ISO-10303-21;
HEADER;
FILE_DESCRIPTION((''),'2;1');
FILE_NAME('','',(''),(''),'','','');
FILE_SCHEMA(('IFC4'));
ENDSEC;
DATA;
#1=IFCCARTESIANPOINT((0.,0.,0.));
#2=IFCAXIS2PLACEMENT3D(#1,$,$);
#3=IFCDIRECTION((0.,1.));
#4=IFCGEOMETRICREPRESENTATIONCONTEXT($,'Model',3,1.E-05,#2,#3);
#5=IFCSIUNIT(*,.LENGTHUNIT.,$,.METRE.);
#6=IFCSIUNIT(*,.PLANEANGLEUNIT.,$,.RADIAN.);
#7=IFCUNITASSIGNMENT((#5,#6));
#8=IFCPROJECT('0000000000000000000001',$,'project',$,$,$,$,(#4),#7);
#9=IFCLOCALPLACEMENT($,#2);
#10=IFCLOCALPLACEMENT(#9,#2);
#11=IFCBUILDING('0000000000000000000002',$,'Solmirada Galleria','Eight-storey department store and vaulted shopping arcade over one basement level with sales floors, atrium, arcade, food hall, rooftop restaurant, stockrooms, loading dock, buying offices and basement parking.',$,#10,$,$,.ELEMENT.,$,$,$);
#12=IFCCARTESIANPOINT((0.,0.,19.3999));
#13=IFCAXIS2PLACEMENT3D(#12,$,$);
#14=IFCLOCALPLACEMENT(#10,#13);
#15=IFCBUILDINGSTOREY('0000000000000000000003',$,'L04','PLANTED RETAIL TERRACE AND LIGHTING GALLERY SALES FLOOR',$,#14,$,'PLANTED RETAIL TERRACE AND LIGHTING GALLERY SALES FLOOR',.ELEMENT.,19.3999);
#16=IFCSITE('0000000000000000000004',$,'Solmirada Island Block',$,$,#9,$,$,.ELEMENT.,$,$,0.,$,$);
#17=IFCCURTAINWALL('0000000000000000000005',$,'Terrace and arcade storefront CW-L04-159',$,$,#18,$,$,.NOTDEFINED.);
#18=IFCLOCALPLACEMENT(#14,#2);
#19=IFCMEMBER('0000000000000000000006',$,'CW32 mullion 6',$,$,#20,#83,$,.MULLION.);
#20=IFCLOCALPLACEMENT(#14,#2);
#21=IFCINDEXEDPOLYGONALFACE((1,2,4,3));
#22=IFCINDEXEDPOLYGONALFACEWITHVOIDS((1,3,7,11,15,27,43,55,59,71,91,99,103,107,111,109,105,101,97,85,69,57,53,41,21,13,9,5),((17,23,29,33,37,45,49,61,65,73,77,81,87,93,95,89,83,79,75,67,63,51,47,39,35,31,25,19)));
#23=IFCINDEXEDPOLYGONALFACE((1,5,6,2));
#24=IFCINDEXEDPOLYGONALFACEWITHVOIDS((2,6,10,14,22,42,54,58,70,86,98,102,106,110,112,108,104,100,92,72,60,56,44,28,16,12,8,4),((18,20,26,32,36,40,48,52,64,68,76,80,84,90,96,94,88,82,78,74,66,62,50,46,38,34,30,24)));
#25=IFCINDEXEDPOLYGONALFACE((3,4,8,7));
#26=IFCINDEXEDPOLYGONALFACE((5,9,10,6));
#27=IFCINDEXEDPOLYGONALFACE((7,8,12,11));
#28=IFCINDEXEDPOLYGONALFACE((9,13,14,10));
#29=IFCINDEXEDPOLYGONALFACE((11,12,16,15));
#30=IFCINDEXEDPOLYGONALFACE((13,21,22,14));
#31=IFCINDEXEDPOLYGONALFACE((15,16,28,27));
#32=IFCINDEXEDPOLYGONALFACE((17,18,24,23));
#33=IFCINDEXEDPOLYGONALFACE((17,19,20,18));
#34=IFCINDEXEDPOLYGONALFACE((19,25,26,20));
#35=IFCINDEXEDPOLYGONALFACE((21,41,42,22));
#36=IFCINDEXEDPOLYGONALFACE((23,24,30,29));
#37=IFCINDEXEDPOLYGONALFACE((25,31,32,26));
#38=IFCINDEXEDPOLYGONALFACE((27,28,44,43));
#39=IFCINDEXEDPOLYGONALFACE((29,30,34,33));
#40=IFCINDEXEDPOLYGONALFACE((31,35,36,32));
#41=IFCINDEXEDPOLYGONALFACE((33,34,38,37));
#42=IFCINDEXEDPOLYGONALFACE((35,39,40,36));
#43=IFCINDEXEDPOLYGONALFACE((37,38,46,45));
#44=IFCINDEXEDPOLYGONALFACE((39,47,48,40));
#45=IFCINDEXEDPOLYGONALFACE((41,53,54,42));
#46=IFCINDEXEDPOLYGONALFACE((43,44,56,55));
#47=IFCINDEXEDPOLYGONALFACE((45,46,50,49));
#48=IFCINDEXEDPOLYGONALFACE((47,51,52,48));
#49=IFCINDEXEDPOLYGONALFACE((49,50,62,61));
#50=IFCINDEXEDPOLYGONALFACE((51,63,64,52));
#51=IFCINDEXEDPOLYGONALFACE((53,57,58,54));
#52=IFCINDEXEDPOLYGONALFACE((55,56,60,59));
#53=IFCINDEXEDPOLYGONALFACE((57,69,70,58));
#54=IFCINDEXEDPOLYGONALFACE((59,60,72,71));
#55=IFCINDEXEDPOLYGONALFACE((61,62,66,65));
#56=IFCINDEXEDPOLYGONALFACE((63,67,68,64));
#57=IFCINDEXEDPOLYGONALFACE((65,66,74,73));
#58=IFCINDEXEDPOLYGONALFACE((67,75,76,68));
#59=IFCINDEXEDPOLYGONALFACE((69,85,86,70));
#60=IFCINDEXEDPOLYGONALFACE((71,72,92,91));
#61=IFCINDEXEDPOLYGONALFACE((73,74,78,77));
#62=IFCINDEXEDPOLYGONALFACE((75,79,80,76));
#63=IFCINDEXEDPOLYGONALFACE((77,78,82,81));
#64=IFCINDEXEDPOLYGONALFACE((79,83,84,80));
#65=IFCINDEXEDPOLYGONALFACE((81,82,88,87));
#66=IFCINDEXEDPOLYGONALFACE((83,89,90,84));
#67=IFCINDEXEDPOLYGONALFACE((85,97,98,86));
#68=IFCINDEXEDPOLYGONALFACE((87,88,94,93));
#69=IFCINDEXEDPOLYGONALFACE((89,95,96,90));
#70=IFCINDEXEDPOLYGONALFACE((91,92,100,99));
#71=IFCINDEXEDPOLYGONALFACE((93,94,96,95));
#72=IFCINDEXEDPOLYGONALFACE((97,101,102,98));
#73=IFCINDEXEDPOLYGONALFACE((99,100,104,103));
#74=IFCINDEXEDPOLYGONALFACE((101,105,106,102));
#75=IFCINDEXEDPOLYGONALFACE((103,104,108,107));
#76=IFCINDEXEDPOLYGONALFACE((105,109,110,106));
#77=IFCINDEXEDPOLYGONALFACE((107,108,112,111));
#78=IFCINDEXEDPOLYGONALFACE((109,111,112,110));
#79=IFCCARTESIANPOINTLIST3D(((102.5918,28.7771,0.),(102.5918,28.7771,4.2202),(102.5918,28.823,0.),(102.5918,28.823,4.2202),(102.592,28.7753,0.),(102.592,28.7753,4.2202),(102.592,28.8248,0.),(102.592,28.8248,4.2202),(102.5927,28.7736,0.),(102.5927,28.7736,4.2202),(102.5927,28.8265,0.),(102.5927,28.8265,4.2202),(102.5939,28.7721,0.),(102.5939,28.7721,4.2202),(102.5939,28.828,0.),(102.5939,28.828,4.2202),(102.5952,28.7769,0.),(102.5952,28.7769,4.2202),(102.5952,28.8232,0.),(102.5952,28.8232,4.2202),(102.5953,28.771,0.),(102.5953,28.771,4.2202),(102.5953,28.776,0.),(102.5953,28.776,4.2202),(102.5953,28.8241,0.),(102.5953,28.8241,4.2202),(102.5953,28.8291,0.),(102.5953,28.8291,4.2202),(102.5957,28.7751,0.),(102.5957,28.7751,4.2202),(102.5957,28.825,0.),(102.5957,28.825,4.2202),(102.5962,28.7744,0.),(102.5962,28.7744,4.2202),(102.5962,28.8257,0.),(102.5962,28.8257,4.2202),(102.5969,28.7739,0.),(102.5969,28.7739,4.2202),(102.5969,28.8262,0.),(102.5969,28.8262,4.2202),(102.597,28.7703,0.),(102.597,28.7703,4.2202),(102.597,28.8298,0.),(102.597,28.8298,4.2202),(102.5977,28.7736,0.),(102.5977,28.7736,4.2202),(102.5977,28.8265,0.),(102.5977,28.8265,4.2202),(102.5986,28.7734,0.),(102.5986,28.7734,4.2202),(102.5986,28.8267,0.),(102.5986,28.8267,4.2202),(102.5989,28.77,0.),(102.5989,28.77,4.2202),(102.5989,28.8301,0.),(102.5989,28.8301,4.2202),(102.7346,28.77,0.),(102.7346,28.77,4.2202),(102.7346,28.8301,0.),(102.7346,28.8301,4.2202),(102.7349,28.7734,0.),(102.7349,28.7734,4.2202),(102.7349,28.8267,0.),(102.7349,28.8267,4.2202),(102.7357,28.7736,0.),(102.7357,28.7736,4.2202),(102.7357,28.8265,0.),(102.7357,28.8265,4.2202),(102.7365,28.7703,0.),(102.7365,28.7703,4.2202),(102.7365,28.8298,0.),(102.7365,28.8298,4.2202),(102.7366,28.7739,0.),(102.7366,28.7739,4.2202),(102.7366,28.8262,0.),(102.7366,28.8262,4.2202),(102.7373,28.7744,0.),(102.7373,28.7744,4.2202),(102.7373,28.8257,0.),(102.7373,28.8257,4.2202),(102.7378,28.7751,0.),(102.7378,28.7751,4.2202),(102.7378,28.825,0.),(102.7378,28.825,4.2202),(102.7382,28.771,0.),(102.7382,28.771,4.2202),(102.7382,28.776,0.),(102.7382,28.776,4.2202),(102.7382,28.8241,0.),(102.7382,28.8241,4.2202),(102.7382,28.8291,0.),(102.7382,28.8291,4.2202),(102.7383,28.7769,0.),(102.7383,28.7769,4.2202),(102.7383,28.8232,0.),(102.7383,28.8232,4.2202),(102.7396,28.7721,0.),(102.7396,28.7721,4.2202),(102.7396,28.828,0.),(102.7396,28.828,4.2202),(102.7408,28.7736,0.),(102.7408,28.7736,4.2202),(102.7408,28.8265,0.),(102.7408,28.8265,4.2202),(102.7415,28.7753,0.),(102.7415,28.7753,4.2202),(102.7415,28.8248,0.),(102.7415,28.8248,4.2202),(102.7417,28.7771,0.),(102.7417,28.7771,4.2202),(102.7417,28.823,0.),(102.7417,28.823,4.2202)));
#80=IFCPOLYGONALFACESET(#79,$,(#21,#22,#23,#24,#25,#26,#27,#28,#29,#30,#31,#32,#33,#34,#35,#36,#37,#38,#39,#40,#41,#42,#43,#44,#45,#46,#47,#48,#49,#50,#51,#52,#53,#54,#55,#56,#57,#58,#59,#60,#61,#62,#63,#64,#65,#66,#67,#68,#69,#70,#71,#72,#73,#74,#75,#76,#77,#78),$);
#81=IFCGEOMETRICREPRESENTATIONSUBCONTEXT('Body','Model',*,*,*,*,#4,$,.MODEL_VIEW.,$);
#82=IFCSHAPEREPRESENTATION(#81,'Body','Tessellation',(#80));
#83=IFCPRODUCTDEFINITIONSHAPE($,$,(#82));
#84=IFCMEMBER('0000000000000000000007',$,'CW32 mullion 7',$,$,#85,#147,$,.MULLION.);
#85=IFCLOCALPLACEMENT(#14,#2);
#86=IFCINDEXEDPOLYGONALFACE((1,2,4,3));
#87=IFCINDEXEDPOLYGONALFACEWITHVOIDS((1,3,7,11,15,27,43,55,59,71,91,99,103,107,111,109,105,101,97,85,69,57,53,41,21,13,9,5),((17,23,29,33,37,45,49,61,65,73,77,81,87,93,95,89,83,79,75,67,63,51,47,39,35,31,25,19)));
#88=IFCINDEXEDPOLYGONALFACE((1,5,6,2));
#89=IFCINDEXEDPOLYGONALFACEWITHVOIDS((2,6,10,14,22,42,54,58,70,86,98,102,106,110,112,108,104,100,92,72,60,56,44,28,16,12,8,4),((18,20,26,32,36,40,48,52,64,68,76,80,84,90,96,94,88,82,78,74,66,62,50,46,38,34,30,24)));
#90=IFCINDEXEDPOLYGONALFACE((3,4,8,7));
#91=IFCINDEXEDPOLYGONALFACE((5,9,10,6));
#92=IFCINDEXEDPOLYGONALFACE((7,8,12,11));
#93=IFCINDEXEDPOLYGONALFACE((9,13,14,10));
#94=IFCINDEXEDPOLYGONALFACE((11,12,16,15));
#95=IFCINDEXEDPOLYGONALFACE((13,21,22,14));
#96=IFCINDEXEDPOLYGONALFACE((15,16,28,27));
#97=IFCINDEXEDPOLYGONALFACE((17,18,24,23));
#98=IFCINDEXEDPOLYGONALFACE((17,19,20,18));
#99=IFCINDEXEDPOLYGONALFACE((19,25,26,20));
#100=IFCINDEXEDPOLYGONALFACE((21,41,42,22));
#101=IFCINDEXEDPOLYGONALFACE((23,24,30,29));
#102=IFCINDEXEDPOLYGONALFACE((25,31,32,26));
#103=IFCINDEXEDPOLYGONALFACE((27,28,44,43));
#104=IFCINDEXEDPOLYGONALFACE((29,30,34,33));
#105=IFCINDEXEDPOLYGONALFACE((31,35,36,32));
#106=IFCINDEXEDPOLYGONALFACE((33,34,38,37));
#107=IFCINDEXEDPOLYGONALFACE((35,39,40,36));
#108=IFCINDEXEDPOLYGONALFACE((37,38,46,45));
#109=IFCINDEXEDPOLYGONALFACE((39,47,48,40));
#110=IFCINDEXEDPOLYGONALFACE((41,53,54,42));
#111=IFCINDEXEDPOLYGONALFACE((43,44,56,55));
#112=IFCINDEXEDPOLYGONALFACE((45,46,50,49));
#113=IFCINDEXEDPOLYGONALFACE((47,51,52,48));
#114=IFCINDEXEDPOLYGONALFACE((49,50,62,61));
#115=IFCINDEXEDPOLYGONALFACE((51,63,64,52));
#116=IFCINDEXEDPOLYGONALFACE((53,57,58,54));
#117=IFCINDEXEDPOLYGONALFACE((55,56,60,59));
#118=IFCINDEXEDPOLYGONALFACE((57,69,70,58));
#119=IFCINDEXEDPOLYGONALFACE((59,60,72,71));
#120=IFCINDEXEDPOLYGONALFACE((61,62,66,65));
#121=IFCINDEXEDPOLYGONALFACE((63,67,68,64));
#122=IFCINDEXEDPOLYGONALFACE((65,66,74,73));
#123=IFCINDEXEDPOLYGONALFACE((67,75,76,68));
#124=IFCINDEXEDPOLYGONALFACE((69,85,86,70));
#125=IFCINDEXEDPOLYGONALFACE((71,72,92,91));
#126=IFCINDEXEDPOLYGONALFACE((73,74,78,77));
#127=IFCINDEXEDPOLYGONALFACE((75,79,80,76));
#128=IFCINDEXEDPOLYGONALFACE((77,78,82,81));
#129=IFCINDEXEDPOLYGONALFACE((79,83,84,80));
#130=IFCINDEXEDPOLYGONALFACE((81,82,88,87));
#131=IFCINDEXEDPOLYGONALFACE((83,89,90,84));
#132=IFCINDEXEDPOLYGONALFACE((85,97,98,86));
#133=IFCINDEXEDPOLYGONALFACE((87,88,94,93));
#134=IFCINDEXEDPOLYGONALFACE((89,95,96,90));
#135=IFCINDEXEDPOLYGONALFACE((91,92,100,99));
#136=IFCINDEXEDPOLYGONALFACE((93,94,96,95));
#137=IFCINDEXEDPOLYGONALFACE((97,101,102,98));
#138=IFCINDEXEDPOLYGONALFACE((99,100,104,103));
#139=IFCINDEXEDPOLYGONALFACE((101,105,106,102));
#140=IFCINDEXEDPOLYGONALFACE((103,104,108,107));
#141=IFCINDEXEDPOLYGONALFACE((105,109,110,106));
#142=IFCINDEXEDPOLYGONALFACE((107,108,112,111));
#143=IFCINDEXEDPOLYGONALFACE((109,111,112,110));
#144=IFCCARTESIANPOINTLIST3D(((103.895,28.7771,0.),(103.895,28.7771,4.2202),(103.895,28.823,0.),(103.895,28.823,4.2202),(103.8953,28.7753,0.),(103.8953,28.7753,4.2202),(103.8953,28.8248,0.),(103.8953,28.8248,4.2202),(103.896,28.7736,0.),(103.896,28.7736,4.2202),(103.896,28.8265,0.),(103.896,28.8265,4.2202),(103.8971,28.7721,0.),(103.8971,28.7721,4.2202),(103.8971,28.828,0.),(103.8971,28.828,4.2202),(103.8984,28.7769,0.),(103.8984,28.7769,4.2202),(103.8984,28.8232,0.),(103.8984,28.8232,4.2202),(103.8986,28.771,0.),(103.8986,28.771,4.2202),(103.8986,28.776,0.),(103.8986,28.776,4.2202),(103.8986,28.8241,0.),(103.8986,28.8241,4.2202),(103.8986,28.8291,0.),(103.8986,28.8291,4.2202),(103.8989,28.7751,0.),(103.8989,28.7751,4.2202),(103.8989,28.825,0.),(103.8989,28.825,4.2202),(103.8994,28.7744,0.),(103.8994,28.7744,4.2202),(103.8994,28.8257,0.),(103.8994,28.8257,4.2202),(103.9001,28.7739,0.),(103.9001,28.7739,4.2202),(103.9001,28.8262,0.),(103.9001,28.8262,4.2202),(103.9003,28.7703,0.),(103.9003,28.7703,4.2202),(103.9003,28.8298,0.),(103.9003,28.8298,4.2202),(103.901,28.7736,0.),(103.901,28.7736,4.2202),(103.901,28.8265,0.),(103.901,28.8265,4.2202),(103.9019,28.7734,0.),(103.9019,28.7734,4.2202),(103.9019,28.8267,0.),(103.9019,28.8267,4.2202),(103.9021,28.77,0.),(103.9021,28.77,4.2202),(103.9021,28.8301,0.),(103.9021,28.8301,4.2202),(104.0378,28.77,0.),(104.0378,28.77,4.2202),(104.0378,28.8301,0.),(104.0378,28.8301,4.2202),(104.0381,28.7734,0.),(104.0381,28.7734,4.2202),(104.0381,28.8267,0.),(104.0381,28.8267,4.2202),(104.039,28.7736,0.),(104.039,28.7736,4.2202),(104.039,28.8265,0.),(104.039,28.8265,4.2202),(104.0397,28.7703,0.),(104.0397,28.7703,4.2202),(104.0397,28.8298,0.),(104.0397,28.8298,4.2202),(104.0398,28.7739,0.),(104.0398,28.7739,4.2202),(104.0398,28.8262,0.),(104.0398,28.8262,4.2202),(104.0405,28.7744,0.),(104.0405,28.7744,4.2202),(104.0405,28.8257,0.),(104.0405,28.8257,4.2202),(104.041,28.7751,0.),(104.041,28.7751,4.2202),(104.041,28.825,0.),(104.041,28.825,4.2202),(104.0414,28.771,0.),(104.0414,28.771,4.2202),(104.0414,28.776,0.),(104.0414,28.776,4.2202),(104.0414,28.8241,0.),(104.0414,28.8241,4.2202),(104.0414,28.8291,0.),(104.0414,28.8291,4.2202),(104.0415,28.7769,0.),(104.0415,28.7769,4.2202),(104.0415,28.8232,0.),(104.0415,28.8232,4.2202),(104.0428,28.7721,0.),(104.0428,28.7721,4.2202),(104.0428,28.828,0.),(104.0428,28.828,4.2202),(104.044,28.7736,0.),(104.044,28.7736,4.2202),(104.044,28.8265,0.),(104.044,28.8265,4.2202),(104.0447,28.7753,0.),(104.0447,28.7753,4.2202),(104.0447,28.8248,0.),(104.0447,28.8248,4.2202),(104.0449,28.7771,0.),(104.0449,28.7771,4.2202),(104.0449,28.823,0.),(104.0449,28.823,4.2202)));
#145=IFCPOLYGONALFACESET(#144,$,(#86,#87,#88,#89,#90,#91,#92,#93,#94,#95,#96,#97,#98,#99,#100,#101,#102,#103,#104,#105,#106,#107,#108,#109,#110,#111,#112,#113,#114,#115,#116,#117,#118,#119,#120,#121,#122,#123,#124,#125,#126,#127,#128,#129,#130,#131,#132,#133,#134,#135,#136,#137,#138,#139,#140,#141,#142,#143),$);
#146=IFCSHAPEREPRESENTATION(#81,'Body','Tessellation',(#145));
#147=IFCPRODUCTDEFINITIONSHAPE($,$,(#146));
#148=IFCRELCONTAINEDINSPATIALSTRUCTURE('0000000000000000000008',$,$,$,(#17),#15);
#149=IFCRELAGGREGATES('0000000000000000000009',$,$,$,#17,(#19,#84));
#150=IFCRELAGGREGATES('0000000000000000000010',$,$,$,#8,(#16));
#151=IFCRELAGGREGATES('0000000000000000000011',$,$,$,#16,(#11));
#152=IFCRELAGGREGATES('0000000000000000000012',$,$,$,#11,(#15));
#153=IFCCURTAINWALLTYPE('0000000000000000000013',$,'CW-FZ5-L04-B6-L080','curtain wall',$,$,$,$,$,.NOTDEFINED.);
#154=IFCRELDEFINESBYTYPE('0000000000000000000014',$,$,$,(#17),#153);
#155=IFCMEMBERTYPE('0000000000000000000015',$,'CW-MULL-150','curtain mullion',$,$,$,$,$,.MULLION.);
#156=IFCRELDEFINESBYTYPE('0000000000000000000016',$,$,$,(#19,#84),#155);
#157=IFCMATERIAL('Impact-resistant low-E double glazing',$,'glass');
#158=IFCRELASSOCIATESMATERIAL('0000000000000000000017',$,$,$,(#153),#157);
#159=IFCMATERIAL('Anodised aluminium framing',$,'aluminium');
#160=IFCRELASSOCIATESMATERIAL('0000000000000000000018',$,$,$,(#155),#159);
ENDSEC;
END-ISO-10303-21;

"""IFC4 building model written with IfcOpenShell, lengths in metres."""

from ifc_helpers import new_model, si_unit, direction, frame, origin, origin_2d, place, context, subcontext, project, spatial, hollow_rectangle, extrude, material, material_profile, profile_set, type_object, element, aggregate, save


model = new_model("IFC4")

# Units and contexts
model_context = context("Model", 3, precision=1e-05, world=origin(), true_north=direction((0.0, 1.0)))
body_context = subcontext(model_context, "Body", "Model", "MODEL_VIEW")
ifc_project = project(units=[si_unit("LENGTHUNIT", "METRE"), si_unit("PLANEANGLEUNIT", "RADIAN")], contexts=[model_context])

# Site, building, storey
site_placement = place(None, origin())
site = spatial("IfcSite", under=ifc_project, at=site_placement, Name="Solmirada Island Block", CompositionType="ELEMENT", RefElevation=0.0)
building_placement = place(site_placement, origin())
building = spatial("IfcBuilding", under=site, at=building_placement, Name="Solmirada Galleria", Description="Eight-storey department store and vaulted shopping arcade over one basement level with sales floors, atrium, arcade, food hall, rooftop restaurant, stockrooms, loading dock, buying offices and basement parking.", CompositionType="ELEMENT")
storey_placement = place(building_placement, frame((0.0, 0.0, 19.3999)))
storey = spatial("IfcBuildingStorey", under=building, at=storey_placement, Name="L04", Description="PLANTED RETAIL TERRACE AND LIGHTING GALLERY SALES FLOOR", LongName="PLANTED RETAIL TERRACE AND LIGHTING GALLERY SALES FLOOR", CompositionType="ELEMENT", Elevation=19.3999)

# Curtain wall, members
ifc_material_1 = material(Name="Impact-resistant low-E double glazing", Category="glass")
curtain_wall_type = type_object("IfcCurtainWallType", Name="CW-FZ5-L04-B6-L080", Description="curtain wall", PredefinedType="NOTDEFINED", material=ifc_material_1)
curtain_wall_1_placement = place(storey_placement, origin())
curtain_wall_1 = element("IfcCurtainWall", 1, at=curtain_wall_1_placement, inside=storey, type_object=curtain_wall_type, Name="Terrace and arcade storefront CW-L04-159", PredefinedType="NOTDEFINED")
ifc_material_2 = material(Name="Anodised aluminium framing", Category="aluminium")
ifc_material_profile_1 = material_profile(ifc_material_2, hollow_rectangle(XDim=0.0601, YDim=0.1499, WallThickness=0.0034, InnerFilletRadius=0.0034, OuterFilletRadius=0.0071, at=origin_2d()), Name="ALU-MULL-150X60")
ifc_profile_set_1 = profile_set([ifc_material_profile_1], Name="Anodised aluminium framing")
member_type_1 = type_object("IfcMemberType", Name="CW-MULL-150", Description="curtain mullion", PredefinedType="MULLION", material=ifc_profile_set_1)
member_1_placement = place(storey_placement, frame((102.6667, 28.8, 0.0), z_axis=(0.0, 0.0, 1.0), x_axis=(0.0, 1.0, 0.0)))
member_1 = element("IfcMember", 2, at=member_1_placement, type_object=member_type_1, Name="CW32 mullion 6", PredefinedType="MULLION", context=body_context, shape_type="SweptSolid", body=[
    extrude(hollow_rectangle(XDim=0.0601, YDim=0.1499, WallThickness=0.0034, InnerFilletRadius=0.0034, OuterFilletRadius=0.0071, at=origin_2d()), origin(), (0.0, 0.0, 1.0), 4.2202),
])
member_2_placement = place(storey_placement, frame((103.97, 28.8, 0.0), z_axis=(0.0, 0.0, 1.0), x_axis=(0.0, 1.0, 0.0)))
member_2 = element("IfcMember", 3, at=member_2_placement, type_object=member_type_1, Name="CW32 mullion 7", PredefinedType="MULLION", context=body_context, shape_type="SweptSolid", body=[
    extrude(hollow_rectangle(XDim=0.0601, YDim=0.1499, WallThickness=0.0034, InnerFilletRadius=0.0034, OuterFilletRadius=0.0071, at=origin_2d()), origin(), (0.0, 0.0, 1.0), 4.2202),
])

aggregate(curtain_wall_1, [member_1, member_2])

save(model, "model.ifc")
